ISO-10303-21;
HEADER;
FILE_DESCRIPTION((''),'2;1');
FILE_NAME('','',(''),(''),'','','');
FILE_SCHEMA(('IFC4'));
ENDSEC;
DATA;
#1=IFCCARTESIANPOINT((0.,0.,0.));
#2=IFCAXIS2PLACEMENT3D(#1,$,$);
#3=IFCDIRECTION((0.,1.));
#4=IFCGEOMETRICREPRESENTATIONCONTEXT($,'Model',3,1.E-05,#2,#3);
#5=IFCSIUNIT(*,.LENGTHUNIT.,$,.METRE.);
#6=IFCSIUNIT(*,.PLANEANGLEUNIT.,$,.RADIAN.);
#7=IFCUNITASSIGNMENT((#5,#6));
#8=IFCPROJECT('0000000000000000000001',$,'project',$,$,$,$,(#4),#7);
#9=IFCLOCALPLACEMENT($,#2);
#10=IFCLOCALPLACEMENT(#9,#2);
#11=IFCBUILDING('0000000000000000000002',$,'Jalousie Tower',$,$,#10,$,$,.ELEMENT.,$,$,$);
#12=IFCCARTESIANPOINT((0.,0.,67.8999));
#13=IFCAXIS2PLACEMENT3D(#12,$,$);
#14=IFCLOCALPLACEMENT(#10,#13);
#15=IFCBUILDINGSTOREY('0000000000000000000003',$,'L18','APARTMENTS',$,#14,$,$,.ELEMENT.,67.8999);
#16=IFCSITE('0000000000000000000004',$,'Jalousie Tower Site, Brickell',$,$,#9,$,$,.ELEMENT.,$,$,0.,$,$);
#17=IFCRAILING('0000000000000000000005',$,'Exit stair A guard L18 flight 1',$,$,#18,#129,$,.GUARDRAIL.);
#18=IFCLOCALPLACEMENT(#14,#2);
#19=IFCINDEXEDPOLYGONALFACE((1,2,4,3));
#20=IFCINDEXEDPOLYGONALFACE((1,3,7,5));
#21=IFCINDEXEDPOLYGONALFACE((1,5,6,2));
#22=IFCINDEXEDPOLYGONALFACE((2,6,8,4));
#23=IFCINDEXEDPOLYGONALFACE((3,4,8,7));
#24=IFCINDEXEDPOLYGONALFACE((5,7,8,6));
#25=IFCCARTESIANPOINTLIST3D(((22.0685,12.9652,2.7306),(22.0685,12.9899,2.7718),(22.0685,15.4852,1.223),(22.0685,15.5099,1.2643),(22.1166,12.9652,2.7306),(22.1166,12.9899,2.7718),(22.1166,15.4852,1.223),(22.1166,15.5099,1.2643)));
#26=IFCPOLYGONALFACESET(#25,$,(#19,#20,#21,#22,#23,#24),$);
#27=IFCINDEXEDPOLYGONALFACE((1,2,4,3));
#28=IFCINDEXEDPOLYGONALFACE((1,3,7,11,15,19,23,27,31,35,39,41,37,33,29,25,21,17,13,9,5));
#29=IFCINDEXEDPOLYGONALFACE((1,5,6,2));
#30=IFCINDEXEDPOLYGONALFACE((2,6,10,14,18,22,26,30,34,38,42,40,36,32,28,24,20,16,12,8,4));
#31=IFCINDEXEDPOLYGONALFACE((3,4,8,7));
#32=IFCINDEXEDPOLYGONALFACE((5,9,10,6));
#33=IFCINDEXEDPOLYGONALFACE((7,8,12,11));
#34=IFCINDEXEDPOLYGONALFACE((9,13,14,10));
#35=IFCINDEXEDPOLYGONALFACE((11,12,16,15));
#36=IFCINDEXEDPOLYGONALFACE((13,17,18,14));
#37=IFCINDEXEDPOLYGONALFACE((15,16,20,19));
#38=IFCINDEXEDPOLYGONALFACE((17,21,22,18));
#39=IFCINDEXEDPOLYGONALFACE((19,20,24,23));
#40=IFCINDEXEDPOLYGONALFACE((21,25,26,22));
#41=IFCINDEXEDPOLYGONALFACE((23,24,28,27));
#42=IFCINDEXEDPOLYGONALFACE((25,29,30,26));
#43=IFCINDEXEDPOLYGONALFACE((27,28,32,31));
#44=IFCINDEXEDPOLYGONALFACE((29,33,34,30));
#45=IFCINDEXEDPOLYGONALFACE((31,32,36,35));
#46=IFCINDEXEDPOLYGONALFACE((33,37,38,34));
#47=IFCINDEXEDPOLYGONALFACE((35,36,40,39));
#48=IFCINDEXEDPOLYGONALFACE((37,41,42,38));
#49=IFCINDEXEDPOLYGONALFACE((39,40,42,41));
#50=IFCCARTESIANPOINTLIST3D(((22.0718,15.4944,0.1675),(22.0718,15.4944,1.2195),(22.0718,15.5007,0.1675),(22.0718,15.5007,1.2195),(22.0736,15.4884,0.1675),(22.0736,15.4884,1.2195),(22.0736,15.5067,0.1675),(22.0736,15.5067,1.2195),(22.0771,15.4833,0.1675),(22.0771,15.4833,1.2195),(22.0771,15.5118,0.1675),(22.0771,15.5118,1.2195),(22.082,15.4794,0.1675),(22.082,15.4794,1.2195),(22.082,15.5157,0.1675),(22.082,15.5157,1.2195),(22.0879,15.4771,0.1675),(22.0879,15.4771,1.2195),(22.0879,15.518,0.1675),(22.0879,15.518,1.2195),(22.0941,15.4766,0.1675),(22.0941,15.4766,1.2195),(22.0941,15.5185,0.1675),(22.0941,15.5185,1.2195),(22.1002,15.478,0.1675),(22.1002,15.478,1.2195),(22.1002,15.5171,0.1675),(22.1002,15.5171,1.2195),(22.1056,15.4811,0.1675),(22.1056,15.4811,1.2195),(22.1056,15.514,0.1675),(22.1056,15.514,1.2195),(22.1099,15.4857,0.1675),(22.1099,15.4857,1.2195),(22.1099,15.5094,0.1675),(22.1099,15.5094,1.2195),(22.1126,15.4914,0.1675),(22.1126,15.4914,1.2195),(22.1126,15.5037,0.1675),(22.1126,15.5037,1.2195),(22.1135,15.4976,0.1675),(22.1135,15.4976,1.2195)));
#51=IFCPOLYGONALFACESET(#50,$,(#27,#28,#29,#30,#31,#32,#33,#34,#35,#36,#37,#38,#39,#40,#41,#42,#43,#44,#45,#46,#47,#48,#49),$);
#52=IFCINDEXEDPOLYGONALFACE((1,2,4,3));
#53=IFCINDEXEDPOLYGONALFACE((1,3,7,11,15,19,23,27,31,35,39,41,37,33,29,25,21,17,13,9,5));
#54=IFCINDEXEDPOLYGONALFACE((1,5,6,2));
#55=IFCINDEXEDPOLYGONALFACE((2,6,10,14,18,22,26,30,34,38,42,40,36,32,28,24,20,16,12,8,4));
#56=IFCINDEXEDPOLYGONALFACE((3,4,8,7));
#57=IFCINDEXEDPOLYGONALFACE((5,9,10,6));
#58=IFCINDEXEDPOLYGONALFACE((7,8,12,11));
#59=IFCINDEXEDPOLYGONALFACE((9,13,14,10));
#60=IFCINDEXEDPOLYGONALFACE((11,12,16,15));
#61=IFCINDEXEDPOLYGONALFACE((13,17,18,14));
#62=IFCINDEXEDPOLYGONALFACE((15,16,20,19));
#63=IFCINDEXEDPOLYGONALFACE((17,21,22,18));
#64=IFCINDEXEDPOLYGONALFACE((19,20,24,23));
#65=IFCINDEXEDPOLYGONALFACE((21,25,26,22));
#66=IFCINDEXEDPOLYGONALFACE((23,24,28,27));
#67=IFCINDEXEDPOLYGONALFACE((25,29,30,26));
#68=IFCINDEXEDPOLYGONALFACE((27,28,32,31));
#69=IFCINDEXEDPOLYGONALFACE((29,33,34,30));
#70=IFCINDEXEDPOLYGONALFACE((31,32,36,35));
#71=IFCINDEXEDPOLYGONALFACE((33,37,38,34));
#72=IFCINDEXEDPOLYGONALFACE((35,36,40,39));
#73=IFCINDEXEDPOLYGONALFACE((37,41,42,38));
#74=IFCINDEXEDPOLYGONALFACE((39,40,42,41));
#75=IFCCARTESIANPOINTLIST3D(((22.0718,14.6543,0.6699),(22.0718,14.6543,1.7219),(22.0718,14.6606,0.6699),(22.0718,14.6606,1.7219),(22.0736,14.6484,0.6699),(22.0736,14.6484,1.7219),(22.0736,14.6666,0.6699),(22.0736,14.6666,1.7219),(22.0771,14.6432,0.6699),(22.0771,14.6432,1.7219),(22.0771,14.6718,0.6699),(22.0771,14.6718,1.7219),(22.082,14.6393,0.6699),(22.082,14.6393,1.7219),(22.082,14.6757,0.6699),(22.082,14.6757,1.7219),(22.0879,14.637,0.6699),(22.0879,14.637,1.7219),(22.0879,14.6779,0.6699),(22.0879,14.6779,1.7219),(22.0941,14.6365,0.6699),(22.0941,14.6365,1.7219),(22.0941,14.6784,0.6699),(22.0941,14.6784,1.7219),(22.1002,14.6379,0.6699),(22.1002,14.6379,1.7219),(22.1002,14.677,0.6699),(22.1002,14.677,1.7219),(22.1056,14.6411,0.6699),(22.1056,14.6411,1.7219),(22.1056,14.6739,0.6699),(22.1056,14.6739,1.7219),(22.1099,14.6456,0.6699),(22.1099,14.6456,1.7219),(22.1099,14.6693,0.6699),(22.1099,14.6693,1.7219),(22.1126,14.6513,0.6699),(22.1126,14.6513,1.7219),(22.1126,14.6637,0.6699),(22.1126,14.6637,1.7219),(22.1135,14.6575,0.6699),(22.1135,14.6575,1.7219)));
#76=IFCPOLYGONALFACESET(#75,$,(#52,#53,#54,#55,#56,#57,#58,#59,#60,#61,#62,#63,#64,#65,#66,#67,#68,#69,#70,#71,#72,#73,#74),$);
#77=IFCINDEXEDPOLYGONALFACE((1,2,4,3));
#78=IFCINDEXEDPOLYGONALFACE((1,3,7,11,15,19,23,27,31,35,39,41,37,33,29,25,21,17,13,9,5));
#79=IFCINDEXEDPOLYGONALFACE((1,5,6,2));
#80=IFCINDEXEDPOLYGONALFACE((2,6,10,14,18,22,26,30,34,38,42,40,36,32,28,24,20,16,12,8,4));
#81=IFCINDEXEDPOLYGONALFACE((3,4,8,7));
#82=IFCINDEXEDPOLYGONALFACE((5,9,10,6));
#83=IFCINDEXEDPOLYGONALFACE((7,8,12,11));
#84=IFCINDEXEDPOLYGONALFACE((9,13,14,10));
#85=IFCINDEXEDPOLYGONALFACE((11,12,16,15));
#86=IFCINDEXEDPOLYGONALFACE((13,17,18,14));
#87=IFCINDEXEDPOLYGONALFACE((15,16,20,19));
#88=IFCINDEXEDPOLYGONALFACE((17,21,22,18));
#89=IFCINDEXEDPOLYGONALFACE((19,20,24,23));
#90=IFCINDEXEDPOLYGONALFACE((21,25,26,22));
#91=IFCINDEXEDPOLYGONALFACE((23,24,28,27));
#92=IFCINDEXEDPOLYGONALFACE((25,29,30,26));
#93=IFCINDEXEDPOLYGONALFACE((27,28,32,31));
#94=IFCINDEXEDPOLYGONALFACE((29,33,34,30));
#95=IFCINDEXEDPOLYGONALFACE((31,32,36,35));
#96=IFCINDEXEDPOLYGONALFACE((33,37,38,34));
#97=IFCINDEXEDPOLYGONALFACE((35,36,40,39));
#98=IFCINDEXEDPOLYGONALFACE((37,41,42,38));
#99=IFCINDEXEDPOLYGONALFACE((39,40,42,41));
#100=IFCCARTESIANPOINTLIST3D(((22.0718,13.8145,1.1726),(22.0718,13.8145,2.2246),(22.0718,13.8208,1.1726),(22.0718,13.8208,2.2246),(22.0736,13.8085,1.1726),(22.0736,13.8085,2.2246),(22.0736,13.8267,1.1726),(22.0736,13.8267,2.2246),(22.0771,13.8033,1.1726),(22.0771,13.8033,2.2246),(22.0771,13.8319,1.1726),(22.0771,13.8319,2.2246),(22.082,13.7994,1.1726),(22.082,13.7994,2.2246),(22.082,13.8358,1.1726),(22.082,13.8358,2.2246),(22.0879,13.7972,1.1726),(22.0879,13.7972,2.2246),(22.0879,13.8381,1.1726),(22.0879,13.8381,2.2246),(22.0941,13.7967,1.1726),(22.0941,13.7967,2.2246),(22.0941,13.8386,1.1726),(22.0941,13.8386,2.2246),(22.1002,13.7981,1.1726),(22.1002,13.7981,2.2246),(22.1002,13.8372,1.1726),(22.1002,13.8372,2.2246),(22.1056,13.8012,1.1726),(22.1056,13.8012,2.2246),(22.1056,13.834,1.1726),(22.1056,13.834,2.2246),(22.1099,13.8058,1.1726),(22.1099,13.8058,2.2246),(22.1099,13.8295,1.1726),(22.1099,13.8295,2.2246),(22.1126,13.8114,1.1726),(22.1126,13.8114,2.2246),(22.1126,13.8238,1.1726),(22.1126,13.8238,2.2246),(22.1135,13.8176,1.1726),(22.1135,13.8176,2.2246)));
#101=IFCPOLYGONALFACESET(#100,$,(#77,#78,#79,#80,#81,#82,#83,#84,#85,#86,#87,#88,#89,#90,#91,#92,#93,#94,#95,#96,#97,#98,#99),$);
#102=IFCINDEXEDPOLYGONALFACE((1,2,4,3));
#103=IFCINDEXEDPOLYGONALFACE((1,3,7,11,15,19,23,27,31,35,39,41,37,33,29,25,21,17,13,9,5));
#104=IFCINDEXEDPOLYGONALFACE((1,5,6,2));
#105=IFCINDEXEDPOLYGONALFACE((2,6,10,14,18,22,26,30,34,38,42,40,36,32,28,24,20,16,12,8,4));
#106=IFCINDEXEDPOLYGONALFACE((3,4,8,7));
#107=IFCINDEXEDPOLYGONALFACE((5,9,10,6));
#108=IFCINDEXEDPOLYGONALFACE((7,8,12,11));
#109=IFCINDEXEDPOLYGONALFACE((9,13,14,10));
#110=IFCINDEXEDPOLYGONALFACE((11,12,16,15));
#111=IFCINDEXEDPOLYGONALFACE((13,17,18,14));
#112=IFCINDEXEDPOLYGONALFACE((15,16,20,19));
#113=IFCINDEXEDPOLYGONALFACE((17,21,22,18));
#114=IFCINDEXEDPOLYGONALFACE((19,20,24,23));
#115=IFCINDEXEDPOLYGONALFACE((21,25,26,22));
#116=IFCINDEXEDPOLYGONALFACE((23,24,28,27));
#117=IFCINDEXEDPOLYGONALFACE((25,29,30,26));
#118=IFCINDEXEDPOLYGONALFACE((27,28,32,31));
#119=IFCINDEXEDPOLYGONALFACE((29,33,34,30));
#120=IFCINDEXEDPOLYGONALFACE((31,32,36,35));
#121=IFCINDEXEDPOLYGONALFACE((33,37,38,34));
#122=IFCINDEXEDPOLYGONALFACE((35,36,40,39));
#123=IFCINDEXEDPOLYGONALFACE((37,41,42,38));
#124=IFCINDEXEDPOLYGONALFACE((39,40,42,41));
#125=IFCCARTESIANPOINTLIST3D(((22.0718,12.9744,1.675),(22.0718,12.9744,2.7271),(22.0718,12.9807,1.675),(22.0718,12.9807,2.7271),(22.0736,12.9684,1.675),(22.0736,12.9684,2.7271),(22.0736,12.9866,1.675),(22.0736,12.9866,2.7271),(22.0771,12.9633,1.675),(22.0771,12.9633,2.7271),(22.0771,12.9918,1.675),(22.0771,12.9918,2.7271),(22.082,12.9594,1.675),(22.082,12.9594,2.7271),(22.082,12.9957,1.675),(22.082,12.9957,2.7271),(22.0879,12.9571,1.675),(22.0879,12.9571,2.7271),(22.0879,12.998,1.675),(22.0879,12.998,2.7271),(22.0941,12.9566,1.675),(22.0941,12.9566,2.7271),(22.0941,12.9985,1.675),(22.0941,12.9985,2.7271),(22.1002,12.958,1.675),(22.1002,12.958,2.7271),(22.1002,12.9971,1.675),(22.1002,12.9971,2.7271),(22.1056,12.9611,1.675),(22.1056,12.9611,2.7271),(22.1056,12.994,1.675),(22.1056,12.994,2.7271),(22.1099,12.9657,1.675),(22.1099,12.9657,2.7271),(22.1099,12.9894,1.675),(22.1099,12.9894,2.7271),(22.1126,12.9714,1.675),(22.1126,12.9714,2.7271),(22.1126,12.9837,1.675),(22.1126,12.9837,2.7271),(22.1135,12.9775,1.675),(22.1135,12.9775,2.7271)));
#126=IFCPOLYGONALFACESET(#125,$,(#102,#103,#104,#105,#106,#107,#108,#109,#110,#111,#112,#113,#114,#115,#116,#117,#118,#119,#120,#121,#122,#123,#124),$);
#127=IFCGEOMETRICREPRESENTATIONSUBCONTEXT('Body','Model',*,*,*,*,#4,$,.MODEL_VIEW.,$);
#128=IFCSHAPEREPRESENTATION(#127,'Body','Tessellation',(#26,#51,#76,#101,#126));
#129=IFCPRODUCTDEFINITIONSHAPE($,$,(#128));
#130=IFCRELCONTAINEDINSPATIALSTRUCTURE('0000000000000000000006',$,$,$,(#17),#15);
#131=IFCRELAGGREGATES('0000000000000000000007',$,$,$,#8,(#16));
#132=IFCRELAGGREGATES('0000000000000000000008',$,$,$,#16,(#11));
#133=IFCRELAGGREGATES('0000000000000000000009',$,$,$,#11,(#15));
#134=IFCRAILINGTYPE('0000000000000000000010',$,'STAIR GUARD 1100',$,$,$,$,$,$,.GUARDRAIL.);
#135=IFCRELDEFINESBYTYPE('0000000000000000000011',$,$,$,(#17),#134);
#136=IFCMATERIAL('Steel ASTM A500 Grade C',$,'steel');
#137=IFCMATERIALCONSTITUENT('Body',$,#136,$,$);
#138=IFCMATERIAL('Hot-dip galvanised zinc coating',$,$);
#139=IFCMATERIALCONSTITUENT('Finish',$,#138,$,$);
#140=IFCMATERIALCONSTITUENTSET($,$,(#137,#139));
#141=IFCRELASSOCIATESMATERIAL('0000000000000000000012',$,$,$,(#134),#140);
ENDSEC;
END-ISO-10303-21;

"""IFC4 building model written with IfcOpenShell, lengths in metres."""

from ifc_helpers import new_model, si_unit, direction, frame, origin, origin_2d, place, context, subcontext, project, spatial, rectangle, circle, extrude, material, constituent, constituent_set, type_object, element, save


model = new_model("IFC4")

# Units and contexts
model_context = context("Model", 3, precision=1e-05, world=origin(), true_north=direction((0.0, 1.0)))
body_context = subcontext(model_context, "Body", "Model", "MODEL_VIEW")
ifc_project = project(units=[si_unit("LENGTHUNIT", "METRE"), si_unit("PLANEANGLEUNIT", "RADIAN")], contexts=[model_context])

# Site, building, storey
site_placement = place(None, origin())
site = spatial("IfcSite", under=ifc_project, at=site_placement, Name="Jalousie Tower Site, Brickell", CompositionType="ELEMENT", RefElevation=0.0)
building_placement = place(site_placement, origin())
building = spatial("IfcBuilding", under=site, at=building_placement, Name="Jalousie Tower", CompositionType="ELEMENT")
storey_placement = place(building_placement, frame((0.0, 0.0, 67.8999)))
storey = spatial("IfcBuildingStorey", under=building, at=storey_placement, Name="L18", Description="APARTMENTS", CompositionType="ELEMENT", Elevation=67.8999)

# Railing
ifc_material_1 = material(Name="Steel ASTM A500 Grade C", Category="steel")
ifc_constituent_1 = constituent(ifc_material_1, Name="Body")
ifc_material_2 = material(Name="Hot-dip galvanised zinc coating")
ifc_constituent_2 = constituent(ifc_material_2, Name="Finish")
ifc_constituent_set_1 = constituent_set(constituents=[ifc_constituent_1, ifc_constituent_2])
railing_type_1 = type_object("IfcRailingType", Name="STAIR GUARD 1100", PredefinedType="GUARDRAIL", material=ifc_constituent_set_1)
railing_1_placement = place(storey_placement, frame((22.0925, 15.4976, 0.1675)))
element("IfcRailing", 1, at=railing_1_placement, inside=storey, type_object=railing_type_1, Name="Exit stair A guard L18 flight 1", PredefinedType="GUARDRAIL", context=body_context, shape_type="SweptSolid", body=[
    extrude(rectangle(XDim=0.0481, YDim=0.0481, at=origin_2d()), frame((0.0, 0.0, 1.0762), z_axis=(0.0, -0.85816, 0.513383), x_axis=(1.0, 0.0, 0.0)), (0.0, 0.0, 1.0), 2.9365),
    extrude(circle(Radius=0.021, at=origin_2d()), origin(), (0.0, 0.0, 1.0), 1.052),
    extrude(circle(Radius=0.021, at=origin_2d()), frame((0.0, -0.8401, 0.5024)), (0.0, 0.0, 1.0), 1.052),
    extrude(circle(Radius=0.021, at=origin_2d()), frame((0.0, -1.6799, 1.0051)), (0.0, 0.0, 1.0), 1.052),
    extrude(circle(Radius=0.021, at=origin_2d()), frame((0.0, -2.52, 1.5076)), (0.0, 0.0, 1.0), 1.052),
])

save(model, "model.ifc")
